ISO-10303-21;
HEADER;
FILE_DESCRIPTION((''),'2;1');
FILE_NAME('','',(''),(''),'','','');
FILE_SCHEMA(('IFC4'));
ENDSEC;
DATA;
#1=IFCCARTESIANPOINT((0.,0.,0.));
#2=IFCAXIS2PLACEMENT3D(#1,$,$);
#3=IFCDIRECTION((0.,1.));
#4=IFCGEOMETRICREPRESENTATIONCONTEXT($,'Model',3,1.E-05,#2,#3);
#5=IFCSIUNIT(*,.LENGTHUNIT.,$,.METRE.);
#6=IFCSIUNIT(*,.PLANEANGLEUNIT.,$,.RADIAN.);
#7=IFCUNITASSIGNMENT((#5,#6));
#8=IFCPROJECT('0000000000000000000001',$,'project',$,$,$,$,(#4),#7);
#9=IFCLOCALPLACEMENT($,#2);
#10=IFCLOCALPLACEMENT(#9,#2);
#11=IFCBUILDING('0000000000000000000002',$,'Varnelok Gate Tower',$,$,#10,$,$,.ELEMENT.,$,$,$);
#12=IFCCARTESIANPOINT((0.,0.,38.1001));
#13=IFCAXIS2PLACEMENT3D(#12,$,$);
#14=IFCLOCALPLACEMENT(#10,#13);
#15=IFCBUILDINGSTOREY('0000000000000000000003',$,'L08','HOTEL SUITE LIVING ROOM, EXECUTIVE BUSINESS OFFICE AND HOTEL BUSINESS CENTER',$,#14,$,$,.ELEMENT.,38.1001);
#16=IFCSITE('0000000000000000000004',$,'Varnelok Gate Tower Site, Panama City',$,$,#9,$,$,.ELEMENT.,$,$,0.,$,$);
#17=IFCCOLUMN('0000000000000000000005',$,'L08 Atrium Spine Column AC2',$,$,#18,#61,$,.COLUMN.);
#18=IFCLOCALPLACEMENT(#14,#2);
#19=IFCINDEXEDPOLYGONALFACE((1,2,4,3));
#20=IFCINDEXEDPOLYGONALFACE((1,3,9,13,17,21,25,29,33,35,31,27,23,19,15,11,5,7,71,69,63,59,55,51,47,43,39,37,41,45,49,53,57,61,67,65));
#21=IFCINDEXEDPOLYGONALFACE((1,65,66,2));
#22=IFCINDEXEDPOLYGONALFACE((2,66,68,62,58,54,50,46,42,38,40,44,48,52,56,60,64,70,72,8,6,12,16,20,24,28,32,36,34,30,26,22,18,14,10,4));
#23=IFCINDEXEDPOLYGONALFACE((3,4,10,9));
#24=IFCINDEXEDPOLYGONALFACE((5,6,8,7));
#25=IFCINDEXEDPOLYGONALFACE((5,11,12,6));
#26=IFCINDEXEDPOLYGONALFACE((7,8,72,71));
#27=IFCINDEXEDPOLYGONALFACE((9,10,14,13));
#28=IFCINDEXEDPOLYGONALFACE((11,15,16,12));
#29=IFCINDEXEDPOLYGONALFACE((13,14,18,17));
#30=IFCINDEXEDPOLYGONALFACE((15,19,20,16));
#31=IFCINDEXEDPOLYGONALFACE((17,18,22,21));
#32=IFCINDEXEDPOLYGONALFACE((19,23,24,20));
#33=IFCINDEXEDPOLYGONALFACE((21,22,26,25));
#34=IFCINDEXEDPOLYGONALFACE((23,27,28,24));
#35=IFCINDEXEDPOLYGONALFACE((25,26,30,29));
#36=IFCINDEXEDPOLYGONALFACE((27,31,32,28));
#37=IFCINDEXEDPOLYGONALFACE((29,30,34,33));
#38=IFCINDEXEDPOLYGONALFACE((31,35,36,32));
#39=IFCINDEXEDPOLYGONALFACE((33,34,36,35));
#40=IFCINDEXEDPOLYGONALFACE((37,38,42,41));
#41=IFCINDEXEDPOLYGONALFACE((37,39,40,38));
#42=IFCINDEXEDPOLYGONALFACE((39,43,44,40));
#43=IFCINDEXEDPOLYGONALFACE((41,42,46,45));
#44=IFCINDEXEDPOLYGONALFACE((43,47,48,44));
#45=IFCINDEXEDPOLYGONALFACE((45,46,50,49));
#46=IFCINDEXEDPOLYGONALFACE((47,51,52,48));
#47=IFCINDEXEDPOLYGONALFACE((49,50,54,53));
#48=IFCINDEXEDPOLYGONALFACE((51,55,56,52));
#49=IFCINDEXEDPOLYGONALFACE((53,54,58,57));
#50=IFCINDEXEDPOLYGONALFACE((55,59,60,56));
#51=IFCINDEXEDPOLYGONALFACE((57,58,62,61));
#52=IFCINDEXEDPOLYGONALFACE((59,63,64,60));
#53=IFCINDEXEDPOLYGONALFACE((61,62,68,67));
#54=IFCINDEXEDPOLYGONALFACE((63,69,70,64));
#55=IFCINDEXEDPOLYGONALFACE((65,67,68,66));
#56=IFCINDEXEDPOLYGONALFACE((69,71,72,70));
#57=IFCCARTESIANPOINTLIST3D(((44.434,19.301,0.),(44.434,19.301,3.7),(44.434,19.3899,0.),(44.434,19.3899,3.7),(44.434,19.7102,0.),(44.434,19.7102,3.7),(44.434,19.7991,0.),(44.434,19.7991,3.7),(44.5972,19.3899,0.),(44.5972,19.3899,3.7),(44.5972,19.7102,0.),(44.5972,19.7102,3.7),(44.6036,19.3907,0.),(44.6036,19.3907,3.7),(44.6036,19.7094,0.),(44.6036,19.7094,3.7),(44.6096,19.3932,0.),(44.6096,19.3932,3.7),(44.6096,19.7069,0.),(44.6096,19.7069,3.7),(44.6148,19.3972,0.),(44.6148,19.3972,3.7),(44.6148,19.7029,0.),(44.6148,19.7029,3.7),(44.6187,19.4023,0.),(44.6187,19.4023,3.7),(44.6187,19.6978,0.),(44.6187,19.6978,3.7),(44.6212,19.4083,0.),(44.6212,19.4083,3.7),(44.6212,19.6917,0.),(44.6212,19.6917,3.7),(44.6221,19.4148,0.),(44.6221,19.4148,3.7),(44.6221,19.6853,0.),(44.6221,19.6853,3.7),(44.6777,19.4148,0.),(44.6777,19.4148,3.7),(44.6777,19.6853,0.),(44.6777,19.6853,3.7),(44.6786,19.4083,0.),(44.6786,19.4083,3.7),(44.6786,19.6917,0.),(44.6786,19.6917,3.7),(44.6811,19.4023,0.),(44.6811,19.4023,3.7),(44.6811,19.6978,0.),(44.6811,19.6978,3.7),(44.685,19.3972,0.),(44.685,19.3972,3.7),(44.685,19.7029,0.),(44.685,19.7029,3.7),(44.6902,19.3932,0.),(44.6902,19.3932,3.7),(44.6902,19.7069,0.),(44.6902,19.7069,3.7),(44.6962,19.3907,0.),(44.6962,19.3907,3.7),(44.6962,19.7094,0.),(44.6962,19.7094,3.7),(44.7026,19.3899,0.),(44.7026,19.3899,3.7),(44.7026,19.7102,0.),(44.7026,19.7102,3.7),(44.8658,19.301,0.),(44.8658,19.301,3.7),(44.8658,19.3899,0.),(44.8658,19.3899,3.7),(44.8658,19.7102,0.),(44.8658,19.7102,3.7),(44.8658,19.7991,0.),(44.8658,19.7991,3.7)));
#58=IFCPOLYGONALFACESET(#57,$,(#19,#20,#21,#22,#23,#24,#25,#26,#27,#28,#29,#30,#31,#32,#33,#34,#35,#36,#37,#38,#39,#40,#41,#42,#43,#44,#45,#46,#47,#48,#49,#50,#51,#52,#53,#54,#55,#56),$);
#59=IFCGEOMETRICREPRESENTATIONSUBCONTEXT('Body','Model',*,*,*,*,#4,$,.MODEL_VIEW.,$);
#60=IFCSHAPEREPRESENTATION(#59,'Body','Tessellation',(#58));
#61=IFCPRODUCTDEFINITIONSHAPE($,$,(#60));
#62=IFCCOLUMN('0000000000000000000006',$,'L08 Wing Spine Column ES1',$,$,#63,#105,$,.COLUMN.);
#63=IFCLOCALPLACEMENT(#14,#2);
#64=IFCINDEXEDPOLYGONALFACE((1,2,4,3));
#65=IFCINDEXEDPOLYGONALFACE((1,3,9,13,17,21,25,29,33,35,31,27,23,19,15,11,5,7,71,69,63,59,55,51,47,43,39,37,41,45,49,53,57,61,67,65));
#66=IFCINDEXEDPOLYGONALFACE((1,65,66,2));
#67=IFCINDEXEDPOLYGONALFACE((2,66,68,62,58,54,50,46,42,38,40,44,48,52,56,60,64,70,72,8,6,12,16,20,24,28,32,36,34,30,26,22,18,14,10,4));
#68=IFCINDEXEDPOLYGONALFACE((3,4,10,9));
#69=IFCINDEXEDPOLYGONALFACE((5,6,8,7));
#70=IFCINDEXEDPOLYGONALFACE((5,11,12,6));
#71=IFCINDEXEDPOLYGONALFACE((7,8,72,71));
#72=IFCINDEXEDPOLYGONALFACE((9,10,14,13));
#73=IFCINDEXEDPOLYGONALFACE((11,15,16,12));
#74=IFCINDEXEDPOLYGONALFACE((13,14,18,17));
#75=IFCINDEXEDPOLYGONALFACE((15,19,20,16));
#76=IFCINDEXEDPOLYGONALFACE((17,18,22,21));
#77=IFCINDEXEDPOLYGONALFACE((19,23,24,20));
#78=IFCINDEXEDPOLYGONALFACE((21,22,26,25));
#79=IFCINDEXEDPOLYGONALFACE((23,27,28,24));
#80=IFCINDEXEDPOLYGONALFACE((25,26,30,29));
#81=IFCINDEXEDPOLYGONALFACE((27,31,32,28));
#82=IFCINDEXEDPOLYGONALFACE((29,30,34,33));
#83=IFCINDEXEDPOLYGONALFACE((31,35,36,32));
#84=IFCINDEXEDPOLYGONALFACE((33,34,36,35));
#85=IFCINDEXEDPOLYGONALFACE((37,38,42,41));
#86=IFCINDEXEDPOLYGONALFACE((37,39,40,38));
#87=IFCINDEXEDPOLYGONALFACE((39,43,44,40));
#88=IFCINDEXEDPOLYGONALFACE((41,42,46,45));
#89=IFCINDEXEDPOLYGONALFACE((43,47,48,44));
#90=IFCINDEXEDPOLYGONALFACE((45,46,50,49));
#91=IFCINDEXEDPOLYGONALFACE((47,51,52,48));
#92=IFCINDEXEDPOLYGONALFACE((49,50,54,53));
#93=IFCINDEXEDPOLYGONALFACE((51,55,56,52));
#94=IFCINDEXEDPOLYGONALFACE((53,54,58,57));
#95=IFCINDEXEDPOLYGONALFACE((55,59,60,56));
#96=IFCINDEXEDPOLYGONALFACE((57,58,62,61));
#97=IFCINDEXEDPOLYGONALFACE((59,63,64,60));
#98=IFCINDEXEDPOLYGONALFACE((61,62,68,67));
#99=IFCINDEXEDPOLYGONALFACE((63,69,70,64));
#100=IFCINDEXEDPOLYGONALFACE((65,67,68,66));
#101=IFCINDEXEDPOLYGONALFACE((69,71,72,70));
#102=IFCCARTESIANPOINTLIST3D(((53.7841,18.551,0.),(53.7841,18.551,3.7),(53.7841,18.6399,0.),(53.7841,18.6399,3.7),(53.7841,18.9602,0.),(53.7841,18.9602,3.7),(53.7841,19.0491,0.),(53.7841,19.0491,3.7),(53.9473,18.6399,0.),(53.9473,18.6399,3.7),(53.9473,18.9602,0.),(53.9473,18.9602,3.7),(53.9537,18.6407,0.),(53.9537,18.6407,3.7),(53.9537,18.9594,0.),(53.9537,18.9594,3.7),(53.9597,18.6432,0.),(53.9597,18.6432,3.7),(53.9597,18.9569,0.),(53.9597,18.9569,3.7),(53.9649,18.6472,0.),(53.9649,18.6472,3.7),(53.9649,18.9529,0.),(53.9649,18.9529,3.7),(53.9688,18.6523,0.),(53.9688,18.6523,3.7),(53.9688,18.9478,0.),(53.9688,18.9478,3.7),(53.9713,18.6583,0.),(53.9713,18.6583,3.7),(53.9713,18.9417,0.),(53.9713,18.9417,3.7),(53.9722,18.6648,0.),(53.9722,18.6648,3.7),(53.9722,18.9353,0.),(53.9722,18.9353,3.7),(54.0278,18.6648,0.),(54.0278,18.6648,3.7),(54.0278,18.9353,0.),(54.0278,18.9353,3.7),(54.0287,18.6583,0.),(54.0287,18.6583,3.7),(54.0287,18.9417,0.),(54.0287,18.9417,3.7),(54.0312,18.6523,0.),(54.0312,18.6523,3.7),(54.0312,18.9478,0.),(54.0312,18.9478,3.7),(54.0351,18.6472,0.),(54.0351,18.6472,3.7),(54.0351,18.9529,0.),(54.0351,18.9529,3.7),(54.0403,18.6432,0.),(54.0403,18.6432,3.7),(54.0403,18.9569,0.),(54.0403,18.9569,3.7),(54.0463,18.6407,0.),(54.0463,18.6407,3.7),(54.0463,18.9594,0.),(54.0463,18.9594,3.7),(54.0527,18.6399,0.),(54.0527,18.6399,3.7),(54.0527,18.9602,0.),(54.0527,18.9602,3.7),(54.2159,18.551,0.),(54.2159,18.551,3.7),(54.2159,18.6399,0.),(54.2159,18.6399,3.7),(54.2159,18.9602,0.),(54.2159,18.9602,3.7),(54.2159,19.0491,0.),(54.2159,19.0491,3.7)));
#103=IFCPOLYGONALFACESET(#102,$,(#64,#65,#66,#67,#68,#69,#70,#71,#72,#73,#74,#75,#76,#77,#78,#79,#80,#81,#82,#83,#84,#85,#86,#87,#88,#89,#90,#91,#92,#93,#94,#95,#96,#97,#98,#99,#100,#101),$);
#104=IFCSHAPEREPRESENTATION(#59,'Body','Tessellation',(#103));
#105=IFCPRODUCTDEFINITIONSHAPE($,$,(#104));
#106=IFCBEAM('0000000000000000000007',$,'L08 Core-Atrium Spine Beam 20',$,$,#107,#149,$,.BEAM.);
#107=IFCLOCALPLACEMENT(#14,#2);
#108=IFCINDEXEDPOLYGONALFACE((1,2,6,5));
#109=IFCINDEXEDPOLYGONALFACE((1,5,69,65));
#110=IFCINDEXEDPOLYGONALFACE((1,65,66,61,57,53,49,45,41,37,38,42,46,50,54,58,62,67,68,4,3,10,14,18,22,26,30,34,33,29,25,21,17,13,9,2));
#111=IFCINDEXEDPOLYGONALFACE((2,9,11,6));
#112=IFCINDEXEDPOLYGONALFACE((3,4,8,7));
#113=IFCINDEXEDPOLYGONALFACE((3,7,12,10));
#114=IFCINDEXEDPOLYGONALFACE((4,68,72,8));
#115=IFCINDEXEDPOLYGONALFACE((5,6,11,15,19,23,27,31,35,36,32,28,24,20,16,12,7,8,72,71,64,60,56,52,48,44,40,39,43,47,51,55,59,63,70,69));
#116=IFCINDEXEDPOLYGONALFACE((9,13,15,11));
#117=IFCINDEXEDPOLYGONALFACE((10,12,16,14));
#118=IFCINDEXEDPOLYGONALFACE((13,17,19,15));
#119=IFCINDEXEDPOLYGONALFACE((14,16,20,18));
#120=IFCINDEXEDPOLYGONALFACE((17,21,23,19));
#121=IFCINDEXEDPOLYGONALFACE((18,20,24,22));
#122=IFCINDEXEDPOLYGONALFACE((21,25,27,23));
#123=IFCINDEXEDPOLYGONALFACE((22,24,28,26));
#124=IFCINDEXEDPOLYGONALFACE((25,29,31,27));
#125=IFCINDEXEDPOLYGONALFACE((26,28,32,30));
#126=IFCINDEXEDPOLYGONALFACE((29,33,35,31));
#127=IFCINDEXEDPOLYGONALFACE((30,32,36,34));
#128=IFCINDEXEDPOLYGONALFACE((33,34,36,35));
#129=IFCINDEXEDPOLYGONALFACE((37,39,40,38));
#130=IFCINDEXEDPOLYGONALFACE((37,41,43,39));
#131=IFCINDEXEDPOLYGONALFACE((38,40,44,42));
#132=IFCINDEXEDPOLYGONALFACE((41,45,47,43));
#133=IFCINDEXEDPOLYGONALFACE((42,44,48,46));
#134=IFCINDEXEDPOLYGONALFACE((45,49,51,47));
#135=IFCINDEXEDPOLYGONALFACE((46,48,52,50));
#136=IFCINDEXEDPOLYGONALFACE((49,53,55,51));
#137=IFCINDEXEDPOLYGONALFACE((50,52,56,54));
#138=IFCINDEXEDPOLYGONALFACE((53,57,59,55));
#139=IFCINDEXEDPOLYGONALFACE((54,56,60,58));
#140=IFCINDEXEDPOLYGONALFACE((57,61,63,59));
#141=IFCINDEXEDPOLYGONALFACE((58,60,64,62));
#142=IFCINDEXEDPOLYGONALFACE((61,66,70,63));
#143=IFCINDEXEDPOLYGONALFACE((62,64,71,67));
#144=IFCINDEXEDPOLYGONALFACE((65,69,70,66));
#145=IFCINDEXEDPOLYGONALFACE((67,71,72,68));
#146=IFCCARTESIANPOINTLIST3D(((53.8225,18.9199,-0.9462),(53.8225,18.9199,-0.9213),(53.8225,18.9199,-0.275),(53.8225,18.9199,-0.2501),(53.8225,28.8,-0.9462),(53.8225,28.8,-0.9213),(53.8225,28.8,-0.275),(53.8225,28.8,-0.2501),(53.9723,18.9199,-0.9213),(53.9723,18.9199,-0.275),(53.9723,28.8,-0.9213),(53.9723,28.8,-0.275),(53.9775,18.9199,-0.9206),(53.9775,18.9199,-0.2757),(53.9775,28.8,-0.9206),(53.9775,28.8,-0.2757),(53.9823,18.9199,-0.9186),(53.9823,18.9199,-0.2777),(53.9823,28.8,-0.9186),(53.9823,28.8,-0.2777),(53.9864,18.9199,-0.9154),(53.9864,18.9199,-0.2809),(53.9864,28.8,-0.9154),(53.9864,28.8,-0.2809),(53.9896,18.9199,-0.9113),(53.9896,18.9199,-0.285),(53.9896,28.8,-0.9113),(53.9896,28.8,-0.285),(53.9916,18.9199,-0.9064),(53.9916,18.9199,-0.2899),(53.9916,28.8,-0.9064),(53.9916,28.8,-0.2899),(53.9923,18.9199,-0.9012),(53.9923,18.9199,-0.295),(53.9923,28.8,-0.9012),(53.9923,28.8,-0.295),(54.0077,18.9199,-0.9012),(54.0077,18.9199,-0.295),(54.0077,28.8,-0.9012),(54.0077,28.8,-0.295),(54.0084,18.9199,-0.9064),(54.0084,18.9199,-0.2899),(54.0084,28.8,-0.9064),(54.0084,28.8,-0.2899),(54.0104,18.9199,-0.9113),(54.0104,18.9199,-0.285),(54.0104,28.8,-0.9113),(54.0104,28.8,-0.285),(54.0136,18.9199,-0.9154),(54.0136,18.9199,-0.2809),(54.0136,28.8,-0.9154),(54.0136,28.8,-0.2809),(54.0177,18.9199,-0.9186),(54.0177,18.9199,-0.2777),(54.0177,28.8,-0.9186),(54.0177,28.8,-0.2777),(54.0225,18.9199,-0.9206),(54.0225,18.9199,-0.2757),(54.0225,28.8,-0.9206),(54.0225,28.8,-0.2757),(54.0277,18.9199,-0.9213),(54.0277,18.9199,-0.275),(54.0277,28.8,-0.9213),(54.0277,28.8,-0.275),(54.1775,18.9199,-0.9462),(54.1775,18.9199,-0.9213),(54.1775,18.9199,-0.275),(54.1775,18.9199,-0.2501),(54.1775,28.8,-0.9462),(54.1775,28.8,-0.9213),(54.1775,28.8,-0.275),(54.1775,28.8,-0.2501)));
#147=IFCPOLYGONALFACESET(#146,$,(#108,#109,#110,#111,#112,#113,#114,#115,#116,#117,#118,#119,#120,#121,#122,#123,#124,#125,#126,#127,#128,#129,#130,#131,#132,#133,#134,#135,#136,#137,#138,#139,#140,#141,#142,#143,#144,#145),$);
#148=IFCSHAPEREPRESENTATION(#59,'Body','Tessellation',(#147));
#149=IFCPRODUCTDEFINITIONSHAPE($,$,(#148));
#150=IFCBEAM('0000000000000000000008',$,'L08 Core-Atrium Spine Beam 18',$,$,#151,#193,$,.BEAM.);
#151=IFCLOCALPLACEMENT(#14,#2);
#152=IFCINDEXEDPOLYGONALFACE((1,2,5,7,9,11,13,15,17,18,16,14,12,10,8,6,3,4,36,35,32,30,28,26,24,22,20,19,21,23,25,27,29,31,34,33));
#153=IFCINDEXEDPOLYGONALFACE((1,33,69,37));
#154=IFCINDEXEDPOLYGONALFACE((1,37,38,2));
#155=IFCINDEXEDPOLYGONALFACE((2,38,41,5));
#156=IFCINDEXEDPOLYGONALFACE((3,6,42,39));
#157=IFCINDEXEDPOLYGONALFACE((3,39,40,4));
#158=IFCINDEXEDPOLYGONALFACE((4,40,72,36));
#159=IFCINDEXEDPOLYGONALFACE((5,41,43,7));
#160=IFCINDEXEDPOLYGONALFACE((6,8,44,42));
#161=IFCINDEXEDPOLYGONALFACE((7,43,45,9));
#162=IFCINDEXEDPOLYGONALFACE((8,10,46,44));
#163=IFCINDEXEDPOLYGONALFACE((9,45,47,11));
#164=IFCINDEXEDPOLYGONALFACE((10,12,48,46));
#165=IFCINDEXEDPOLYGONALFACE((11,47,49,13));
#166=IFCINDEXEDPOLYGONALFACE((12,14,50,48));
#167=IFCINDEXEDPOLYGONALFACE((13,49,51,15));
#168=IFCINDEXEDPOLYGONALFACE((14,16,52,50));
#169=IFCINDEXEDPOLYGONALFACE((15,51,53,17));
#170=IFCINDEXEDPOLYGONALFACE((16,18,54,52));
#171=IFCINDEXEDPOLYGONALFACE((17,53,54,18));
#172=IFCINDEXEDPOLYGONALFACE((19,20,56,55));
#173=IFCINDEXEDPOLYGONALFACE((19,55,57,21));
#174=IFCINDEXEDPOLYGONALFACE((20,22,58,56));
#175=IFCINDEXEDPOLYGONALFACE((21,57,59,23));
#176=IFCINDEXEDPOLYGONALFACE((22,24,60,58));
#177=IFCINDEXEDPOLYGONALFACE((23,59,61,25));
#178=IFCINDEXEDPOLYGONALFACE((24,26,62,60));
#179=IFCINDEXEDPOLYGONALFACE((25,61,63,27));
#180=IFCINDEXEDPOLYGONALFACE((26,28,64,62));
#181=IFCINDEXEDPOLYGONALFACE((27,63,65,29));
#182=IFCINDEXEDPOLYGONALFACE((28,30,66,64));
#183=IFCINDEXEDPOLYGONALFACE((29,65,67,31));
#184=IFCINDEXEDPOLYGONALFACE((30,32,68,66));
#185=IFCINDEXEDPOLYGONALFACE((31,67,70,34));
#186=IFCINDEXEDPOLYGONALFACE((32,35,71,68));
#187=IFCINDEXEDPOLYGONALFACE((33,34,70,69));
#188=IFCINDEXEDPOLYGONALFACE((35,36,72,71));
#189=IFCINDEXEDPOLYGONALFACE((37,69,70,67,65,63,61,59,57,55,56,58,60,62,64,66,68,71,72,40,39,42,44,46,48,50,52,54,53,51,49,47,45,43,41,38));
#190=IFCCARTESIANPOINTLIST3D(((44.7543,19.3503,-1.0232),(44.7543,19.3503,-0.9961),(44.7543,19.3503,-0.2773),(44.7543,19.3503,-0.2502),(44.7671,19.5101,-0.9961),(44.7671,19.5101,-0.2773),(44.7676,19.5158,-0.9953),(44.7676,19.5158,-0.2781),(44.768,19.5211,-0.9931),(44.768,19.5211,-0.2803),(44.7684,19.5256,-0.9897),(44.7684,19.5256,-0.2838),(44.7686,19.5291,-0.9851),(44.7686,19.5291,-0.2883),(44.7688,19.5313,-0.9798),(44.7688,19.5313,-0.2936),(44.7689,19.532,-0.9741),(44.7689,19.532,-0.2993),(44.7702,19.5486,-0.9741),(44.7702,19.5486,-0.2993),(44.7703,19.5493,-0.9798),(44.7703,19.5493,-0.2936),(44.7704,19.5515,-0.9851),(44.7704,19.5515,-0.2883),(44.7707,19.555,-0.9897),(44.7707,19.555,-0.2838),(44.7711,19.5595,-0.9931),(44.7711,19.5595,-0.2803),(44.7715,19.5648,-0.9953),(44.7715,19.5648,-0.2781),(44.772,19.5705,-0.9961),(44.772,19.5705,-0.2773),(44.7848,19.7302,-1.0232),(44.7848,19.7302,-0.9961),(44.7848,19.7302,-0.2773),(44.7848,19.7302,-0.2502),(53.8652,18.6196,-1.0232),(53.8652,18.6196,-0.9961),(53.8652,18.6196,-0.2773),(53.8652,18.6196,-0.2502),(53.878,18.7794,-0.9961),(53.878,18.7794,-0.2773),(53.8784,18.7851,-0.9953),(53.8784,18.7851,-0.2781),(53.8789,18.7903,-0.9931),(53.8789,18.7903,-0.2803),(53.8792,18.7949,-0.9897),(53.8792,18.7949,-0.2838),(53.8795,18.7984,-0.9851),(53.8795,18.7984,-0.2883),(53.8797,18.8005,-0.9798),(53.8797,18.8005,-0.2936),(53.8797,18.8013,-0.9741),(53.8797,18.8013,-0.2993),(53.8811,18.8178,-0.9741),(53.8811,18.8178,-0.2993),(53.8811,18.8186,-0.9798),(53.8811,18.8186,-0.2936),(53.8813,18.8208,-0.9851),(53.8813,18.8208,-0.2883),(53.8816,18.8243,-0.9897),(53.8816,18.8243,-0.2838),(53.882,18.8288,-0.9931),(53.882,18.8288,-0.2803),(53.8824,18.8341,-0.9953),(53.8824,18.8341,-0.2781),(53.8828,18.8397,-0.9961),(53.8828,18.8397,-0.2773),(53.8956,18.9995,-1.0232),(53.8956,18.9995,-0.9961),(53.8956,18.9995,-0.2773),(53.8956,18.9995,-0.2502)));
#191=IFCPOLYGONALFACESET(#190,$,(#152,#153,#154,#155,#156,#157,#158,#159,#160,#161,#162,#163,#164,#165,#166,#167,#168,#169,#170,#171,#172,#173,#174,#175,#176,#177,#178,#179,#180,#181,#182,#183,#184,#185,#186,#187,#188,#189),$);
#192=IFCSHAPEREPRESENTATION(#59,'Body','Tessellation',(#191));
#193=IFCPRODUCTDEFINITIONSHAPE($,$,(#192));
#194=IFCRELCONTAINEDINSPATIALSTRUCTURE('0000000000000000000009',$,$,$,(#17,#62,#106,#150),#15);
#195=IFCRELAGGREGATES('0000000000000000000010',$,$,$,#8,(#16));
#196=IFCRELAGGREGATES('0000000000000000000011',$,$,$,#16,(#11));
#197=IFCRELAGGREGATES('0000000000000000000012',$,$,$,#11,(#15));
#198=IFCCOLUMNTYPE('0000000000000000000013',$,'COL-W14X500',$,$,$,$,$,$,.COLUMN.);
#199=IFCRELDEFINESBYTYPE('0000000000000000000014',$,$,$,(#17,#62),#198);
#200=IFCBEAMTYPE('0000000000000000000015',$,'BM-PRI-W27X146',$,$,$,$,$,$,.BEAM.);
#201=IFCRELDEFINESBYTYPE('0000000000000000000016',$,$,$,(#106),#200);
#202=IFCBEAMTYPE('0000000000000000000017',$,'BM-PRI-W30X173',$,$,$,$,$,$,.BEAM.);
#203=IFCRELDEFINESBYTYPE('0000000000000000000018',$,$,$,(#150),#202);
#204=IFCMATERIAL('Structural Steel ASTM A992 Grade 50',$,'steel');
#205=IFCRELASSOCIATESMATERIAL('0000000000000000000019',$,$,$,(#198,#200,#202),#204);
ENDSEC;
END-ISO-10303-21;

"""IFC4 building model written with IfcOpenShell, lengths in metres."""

from ifc_helpers import new_model, si_unit, direction, frame, origin, origin_2d, place, context, subcontext, project, spatial, i_section, extrude, material, material_profile, profile_set, type_object, element, save


model = new_model("IFC4")

# Units and contexts
model_context = context("Model", 3, precision=1e-05, world=origin(), true_north=direction((0.0, 1.0)))
body_context = subcontext(model_context, "Body", "Model", "MODEL_VIEW")
ifc_project = project(units=[si_unit("LENGTHUNIT", "METRE"), si_unit("PLANEANGLEUNIT", "RADIAN")], contexts=[model_context])

# Site, building, storey
site_placement = place(None, origin())
site = spatial("IfcSite", under=ifc_project, at=site_placement, Name="Varnelok Gate Tower Site, Panama City", CompositionType="ELEMENT", RefElevation=0.0)
building_placement = place(site_placement, origin())
building = spatial("IfcBuilding", under=site, at=building_placement, Name="Varnelok Gate Tower", CompositionType="ELEMENT")
storey_placement = place(building_placement, frame((0.0, 0.0, 38.1001)))
storey = spatial("IfcBuildingStorey", under=building, at=storey_placement, Name="L08", Description="HOTEL SUITE LIVING ROOM, EXECUTIVE BUSINESS OFFICE AND HOTEL BUSINESS CENTER", CompositionType="ELEMENT", Elevation=38.1001)

# Columns
ifc_material_1 = material(Name="Structural Steel ASTM A992 Grade 50", Category="steel")
ifc_material_profile_1 = material_profile(ifc_material_1, i_section(OverallWidth=0.4319, OverallDepth=0.498, WebThickness=0.0557, FlangeThickness=0.0889, FilletRadius=0.0249, at=origin_2d()), Name="W14X500")
ifc_profile_set_1 = profile_set([ifc_material_profile_1], Name="Structural Steel ASTM A992 Grade 50")
column_type = type_object("IfcColumnType", Name="COL-W14X500", PredefinedType="COLUMN", material=ifc_profile_set_1)
for number, where, z_axis, x_axis, name in (
    (1, (44.6499, 19.55, 0.0), (0.0, 0.0, 1.0), (1.0, 0.0, 0.0), "L08 Atrium Spine Column AC2"),
    (2, (54.0, 18.8, 0.0), (0.0, 0.0, 1.0), (1.0, 0.0, 0.0), "L08 Wing Spine Column ES1"),
):
    element("IfcColumn", number, at=place(storey_placement, frame(where, z_axis=z_axis, x_axis=x_axis)), inside=storey, type_object=column_type, Name=name, PredefinedType="COLUMN", context=body_context, shape_type="SweptSolid", body=[
        extrude(i_section(OverallWidth=0.4319, OverallDepth=0.498, WebThickness=0.0557, FlangeThickness=0.0889, FilletRadius=0.0249, at=origin_2d()), origin(), (0.0, 0.0, 1.0), 3.7),
    ])

# Beams
ifc_material_profile_2 = material_profile(ifc_material_1, i_section(OverallWidth=0.355, OverallDepth=0.696, WebThickness=0.0154, FlangeThickness=0.0249, FilletRadius=0.02, at=origin_2d()), Name="W27X146")
ifc_profile_set_2 = profile_set([ifc_material_profile_2], Name="Structural Steel ASTM A992 Grade 50")
beam_type_1 = type_object("IfcBeamType", Name="BM-PRI-W27X146", PredefinedType="BEAM", material=ifc_profile_set_2)
beam_1_placement = place(storey_placement, frame((54.0, 18.9199, -0.5981), z_axis=(0.0, 1.0, 0.0), x_axis=(-1.0, 0.0, 0.0)))
element("IfcBeam", 3, at=beam_1_placement, inside=storey, type_object=beam_type_1, Name="L08 Core-Atrium Spine Beam 20", PredefinedType="BEAM", context=body_context, shape_type="SweptSolid", body=[
    extrude(i_section(OverallWidth=0.355, OverallDepth=0.696, WebThickness=0.0154, FlangeThickness=0.0249, FilletRadius=0.02, at=origin_2d()), origin(), (0.0, 0.0, 1.0), 9.8801),
])
ifc_material_profile_3 = material_profile(ifc_material_1, i_section(OverallWidth=0.3811, OverallDepth=0.7729, WebThickness=0.0166, FlangeThickness=0.0271, FilletRadius=0.022, at=origin_2d()), Name="W30X173")
ifc_profile_set_3 = profile_set([ifc_material_profile_3], Name="Structural Steel ASTM A992 Grade 50")
beam_type_2 = type_object("IfcBeamType", Name="BM-PRI-W30X173", PredefinedType="BEAM", material=ifc_profile_set_3)
beam_2_placement = place(storey_placement, frame((44.7695, 19.5403, -0.6367), z_axis=(0.996799, -0.079946, 0.0), x_axis=(0.079946, 0.996799, 0.0)))
element("IfcBeam", 4, at=beam_2_placement, inside=storey, type_object=beam_type_2, Name="L08 Core-Atrium Spine Beam 18", PredefinedType="BEAM", context=body_context, shape_type="SweptSolid", body=[
    extrude(i_section(OverallWidth=0.3811, OverallDepth=0.7729, WebThickness=0.0166, FlangeThickness=0.0271, FilletRadius=0.022, at=origin_2d()), origin(), (0.0, 0.0, 1.0), 9.1401),
])

save(model, "model.ifc")
